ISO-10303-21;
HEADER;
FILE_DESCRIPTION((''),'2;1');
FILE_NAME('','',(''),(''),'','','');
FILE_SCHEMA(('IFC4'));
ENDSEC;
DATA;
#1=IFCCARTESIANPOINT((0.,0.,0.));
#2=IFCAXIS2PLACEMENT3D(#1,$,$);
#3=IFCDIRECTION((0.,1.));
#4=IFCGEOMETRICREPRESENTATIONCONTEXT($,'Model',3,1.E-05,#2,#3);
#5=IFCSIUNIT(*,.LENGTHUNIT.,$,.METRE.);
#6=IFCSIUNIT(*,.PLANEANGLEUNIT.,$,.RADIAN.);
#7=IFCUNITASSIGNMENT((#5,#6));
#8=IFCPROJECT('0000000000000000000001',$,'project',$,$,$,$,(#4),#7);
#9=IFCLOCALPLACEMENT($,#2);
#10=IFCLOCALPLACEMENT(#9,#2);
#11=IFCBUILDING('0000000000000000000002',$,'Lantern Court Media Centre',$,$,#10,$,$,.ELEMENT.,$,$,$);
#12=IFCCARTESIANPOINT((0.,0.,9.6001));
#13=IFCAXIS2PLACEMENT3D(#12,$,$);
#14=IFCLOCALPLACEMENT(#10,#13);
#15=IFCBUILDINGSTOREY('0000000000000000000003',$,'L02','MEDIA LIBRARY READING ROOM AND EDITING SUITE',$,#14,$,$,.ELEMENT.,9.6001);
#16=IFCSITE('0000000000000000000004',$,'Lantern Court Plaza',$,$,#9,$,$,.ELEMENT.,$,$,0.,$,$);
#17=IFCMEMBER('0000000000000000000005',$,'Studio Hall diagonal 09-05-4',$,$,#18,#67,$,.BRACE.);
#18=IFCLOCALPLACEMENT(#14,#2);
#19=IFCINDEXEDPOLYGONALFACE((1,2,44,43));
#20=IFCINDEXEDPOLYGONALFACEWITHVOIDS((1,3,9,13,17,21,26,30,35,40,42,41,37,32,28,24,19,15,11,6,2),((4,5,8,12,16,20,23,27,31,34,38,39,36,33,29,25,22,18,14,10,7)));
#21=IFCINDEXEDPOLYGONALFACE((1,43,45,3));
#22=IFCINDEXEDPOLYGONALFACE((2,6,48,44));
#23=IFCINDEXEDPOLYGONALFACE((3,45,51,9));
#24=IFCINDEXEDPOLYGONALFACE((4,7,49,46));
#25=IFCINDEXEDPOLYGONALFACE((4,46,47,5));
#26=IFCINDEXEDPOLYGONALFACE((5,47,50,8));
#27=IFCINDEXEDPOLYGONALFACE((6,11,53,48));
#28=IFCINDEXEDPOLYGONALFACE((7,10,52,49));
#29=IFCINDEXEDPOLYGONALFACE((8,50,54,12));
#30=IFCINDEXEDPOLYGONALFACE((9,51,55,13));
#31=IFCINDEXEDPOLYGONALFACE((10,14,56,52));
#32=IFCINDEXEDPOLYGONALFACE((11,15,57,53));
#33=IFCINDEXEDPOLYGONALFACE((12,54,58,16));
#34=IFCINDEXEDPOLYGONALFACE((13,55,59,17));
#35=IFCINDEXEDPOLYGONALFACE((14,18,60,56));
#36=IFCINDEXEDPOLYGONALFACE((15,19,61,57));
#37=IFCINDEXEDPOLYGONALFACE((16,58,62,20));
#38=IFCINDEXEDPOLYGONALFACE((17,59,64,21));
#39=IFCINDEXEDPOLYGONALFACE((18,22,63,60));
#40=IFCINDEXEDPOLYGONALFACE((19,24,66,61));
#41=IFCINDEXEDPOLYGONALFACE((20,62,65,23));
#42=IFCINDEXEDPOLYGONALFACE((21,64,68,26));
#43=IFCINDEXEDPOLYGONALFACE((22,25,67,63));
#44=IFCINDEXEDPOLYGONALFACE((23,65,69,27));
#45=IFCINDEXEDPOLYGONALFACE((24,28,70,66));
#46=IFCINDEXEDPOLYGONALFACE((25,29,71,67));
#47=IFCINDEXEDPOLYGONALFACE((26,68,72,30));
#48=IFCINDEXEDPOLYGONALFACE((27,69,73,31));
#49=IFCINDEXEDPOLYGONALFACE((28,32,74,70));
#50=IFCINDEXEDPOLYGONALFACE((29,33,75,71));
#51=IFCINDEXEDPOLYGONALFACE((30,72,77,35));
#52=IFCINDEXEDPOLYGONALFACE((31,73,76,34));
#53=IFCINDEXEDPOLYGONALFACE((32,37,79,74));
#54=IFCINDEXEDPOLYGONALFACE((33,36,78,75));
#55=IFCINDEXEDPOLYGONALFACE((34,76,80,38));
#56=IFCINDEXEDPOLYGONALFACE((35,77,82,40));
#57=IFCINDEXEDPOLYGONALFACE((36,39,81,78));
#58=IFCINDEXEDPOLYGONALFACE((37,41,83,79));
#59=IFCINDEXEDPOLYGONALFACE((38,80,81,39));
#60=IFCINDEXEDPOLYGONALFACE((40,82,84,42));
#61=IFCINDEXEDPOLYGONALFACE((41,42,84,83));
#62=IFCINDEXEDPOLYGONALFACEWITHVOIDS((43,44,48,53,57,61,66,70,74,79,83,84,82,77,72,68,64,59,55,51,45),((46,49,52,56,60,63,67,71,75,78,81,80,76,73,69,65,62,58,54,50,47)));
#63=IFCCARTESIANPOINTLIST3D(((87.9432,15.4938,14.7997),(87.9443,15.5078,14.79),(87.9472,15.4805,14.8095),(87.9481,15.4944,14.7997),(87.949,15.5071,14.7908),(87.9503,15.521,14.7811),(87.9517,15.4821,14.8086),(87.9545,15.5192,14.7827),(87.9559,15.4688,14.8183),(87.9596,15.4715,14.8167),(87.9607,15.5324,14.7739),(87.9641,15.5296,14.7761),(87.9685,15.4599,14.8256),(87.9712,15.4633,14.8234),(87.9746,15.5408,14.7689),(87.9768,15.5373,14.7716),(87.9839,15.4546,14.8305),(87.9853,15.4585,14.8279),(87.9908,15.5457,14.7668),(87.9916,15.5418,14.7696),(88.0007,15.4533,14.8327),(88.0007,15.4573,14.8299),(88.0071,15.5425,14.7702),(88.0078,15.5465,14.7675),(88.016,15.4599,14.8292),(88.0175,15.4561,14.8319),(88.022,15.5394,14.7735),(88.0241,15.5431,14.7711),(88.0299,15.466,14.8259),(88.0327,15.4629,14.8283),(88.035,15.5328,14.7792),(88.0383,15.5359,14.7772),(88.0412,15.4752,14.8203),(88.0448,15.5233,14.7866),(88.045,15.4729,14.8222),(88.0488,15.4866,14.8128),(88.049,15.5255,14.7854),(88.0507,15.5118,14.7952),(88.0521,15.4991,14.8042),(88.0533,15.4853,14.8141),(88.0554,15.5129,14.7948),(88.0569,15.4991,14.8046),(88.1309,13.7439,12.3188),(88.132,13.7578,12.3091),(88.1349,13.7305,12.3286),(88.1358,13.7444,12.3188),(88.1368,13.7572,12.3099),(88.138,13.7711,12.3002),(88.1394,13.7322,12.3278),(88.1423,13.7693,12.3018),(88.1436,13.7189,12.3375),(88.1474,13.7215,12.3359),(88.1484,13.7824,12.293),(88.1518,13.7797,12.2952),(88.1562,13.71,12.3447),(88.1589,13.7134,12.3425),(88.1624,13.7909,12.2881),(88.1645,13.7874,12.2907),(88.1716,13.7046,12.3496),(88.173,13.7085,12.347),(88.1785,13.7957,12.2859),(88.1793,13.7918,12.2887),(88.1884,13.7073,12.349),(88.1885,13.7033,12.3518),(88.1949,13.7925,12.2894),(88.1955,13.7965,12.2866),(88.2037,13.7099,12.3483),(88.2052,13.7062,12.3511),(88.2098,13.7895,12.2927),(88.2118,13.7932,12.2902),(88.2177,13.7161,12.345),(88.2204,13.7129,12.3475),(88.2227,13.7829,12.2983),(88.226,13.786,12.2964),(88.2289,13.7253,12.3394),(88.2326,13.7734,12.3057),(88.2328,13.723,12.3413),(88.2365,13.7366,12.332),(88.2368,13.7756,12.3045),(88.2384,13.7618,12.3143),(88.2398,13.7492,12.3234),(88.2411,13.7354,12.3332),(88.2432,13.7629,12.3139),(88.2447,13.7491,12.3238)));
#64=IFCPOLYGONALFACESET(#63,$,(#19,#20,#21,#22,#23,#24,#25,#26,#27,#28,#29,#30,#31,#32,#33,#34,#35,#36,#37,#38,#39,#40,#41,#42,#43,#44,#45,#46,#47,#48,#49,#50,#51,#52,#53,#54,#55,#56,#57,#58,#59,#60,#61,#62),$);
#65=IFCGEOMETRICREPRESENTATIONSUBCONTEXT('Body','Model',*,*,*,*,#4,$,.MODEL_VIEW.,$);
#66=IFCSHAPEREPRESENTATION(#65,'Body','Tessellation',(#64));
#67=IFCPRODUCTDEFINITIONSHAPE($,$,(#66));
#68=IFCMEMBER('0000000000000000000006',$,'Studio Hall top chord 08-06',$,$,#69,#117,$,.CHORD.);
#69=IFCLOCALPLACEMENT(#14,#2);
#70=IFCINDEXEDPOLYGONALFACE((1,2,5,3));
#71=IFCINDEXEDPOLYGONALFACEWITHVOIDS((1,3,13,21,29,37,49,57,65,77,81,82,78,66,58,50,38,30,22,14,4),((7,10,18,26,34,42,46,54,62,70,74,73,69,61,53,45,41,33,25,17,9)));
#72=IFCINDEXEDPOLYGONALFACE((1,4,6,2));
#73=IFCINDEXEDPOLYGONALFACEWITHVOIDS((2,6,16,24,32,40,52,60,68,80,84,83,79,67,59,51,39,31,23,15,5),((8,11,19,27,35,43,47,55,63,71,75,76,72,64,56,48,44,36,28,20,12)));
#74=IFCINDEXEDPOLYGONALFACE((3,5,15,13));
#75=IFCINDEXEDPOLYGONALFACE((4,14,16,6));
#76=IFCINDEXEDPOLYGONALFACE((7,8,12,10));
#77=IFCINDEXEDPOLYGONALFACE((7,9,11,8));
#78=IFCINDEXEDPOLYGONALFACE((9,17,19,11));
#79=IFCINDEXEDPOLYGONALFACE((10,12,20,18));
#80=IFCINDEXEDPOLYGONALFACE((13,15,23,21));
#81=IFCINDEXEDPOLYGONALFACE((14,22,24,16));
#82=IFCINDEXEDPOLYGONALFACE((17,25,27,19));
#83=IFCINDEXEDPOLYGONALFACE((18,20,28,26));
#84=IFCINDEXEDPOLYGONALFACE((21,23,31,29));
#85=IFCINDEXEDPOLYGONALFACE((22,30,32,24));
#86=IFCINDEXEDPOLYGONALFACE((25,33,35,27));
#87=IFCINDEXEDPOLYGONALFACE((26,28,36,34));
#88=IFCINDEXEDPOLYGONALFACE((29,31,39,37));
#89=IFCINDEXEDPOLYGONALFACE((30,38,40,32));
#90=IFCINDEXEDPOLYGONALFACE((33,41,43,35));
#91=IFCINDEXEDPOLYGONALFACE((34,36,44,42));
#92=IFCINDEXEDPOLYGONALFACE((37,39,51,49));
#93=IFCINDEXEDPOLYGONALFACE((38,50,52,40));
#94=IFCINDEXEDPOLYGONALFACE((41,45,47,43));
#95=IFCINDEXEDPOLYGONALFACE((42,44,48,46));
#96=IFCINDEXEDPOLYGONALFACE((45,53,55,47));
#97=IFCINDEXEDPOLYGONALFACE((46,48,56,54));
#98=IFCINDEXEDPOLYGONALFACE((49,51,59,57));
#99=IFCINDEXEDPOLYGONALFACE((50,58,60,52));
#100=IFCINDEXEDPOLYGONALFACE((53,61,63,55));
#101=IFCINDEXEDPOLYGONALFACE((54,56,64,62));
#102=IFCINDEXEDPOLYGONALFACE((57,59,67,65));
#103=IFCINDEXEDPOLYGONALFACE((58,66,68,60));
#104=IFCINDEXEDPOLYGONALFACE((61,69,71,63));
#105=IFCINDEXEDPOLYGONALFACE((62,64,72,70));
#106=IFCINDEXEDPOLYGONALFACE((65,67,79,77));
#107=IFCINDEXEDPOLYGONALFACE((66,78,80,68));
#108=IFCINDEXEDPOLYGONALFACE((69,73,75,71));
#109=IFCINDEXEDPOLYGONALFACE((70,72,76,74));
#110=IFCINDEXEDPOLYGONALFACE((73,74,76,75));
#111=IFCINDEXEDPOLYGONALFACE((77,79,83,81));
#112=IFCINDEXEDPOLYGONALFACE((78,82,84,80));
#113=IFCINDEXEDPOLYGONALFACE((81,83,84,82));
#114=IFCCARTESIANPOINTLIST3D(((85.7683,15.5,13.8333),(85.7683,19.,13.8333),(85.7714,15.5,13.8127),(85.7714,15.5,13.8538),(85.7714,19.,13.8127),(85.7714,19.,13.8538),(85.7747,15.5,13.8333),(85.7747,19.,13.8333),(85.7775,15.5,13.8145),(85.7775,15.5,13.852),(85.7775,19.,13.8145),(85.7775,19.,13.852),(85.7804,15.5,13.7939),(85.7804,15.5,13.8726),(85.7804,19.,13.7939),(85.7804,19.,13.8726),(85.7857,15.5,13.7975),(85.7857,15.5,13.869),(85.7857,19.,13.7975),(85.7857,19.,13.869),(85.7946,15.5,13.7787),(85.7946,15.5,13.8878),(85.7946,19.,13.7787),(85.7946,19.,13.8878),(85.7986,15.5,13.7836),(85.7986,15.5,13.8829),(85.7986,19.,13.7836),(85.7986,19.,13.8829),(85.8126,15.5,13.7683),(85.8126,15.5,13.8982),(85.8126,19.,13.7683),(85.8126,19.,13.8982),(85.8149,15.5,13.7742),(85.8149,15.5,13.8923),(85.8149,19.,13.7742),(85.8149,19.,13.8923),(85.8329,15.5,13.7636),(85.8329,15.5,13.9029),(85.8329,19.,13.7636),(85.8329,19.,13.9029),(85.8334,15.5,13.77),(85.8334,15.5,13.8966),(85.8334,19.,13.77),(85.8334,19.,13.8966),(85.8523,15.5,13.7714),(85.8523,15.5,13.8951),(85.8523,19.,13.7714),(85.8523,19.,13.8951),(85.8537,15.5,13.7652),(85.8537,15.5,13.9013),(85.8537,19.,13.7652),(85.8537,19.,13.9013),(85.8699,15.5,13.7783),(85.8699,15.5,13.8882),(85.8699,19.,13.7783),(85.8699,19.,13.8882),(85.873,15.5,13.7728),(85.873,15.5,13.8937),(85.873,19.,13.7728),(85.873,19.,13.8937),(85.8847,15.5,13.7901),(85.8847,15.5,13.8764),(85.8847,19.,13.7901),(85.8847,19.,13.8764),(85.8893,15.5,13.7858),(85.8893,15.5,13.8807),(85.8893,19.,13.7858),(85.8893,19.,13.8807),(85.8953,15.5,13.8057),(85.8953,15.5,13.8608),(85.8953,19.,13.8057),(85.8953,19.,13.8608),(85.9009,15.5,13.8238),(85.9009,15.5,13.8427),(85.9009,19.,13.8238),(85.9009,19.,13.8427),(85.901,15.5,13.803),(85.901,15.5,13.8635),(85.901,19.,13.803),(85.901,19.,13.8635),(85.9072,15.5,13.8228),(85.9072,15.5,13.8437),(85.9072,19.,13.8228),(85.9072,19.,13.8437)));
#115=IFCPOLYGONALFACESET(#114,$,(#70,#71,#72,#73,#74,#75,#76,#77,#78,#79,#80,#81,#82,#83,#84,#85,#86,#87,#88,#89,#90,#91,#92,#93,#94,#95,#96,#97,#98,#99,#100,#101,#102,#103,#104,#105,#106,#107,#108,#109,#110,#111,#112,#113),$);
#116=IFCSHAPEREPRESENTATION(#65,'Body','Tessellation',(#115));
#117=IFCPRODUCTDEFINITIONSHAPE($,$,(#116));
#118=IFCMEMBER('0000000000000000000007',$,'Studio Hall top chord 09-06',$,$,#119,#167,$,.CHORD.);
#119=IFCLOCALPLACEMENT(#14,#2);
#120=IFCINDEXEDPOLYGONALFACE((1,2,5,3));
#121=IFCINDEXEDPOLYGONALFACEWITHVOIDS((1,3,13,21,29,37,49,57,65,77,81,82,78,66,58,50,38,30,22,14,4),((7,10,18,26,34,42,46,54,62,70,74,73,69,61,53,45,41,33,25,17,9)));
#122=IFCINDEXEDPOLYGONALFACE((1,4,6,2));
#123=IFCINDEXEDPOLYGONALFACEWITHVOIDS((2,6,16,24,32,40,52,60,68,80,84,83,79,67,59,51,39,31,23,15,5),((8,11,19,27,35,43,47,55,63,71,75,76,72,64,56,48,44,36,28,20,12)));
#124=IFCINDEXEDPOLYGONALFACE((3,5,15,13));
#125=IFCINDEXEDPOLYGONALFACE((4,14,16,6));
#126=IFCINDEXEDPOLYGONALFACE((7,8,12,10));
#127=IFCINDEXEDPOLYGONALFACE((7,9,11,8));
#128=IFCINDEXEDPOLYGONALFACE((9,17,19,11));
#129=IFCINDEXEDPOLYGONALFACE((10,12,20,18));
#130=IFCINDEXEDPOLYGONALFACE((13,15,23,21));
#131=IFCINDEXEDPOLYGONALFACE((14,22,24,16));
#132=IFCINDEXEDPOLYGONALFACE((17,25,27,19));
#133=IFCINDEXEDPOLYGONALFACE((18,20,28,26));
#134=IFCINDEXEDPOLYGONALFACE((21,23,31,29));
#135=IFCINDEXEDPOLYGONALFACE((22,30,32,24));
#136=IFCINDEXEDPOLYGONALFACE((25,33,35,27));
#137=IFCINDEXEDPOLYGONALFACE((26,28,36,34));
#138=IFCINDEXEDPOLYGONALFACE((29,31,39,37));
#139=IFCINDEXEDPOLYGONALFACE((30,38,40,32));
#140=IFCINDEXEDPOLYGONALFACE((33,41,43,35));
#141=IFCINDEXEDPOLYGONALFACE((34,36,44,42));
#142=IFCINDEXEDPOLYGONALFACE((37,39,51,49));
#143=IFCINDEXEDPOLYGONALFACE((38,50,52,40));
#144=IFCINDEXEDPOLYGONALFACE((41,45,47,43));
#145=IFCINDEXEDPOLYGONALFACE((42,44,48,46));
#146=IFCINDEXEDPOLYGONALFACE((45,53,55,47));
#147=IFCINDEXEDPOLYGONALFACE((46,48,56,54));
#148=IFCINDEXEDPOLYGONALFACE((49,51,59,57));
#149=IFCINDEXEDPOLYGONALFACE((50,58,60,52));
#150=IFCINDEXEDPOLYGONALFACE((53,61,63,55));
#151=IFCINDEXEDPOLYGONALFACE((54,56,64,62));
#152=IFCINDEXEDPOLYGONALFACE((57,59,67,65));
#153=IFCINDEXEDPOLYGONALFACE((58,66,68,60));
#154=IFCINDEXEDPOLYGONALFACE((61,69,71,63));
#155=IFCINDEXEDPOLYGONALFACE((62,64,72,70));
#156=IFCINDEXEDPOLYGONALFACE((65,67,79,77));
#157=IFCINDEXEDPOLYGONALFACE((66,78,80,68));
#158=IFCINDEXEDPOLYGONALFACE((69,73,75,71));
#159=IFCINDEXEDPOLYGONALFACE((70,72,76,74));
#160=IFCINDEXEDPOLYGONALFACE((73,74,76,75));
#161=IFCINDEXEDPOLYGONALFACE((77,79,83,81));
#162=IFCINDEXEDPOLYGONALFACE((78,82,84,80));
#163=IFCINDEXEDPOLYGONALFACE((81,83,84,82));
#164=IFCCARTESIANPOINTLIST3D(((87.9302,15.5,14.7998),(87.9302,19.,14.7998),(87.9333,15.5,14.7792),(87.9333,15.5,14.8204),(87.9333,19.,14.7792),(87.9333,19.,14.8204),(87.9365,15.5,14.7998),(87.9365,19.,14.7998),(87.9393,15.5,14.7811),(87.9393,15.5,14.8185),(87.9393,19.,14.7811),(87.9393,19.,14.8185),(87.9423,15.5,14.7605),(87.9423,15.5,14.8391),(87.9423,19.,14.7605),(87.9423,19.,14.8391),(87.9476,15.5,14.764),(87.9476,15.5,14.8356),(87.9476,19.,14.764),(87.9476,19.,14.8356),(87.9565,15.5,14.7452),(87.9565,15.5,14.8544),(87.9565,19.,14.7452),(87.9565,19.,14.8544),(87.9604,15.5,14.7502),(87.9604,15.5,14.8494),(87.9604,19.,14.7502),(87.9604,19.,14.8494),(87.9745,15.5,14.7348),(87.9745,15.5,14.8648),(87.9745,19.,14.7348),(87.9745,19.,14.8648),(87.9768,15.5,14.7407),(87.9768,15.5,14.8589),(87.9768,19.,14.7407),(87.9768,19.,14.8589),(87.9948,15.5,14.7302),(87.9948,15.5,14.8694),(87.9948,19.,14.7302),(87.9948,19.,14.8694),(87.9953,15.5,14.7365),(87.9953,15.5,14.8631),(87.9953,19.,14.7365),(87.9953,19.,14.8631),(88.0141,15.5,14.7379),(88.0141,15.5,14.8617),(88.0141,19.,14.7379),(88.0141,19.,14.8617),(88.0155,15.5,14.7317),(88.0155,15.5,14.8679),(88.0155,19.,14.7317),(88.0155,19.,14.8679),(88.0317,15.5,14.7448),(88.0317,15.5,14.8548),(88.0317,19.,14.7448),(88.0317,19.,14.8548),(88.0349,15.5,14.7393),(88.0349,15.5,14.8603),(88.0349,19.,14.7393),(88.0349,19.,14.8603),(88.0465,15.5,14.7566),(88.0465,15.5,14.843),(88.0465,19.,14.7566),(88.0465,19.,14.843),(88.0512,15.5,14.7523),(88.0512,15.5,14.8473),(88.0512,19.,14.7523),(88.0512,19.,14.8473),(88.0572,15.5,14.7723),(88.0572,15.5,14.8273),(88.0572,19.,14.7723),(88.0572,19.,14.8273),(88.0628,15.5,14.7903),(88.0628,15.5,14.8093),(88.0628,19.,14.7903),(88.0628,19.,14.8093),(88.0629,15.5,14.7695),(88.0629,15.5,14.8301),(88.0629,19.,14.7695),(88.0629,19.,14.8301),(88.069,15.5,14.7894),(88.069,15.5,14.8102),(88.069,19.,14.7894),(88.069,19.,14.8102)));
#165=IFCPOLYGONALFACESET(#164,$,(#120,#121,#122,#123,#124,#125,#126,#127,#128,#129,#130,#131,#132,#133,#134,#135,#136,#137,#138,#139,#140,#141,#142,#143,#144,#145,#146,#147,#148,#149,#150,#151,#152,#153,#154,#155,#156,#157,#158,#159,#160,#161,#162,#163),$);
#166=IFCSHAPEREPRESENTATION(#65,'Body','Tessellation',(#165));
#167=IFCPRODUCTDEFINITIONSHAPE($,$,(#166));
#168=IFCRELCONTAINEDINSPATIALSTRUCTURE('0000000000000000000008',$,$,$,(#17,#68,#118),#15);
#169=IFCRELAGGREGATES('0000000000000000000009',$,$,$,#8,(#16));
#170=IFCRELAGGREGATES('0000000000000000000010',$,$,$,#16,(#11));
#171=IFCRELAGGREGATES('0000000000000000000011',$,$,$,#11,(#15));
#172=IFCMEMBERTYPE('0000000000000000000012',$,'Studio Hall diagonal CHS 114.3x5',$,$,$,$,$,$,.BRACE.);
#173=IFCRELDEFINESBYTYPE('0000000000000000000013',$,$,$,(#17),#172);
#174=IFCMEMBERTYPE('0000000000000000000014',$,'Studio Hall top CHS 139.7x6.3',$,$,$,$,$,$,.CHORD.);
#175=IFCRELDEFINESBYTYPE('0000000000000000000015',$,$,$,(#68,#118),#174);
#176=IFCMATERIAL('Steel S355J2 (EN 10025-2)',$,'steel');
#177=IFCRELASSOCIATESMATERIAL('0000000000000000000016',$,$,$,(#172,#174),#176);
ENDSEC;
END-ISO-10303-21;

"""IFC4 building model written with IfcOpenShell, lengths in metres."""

from ifc_helpers import new_model, si_unit, direction, frame, origin, origin_2d, place, context, subcontext, project, spatial, hollow_circle, extrude, material, material_profile, profile_set, type_object, element, save


model = new_model("IFC4")

# Units and contexts
model_context = context("Model", 3, precision=1e-05, world=origin(), true_north=direction((0.0, 1.0)))
body_context = subcontext(model_context, "Body", "Model", "MODEL_VIEW")
ifc_project = project(units=[si_unit("LENGTHUNIT", "METRE"), si_unit("PLANEANGLEUNIT", "RADIAN")], contexts=[model_context])

# Site, building, storey
site_placement = place(None, origin())
site = spatial("IfcSite", under=ifc_project, at=site_placement, Name="Lantern Court Plaza", CompositionType="ELEMENT", RefElevation=0.0)
building_placement = place(site_placement, origin())
building = spatial("IfcBuilding", under=site, at=building_placement, Name="Lantern Court Media Centre", CompositionType="ELEMENT")
storey_placement = place(building_placement, frame((0.0, 0.0, 9.6001)))
storey = spatial("IfcBuildingStorey", under=building, at=storey_placement, Name="L02", Description="MEDIA LIBRARY READING ROOM AND EDITING SUITE", CompositionType="ELEMENT", Elevation=9.6001)

# Members
ifc_material = material(Name="Steel S355J2 (EN 10025-2)", Category="steel")
ifc_material_profile_1 = material_profile(ifc_material, hollow_circle(Radius=0.0571, WallThickness=0.0049, at=origin_2d()), Name="Studio Hall diagonal CHS 114.3x5")
ifc_profile_set_1 = profile_set([ifc_material_profile_1], Name="Steel S355J2 (EN 10025-2)")
member_type_1 = type_object("IfcMemberType", Name="Studio Hall diagonal CHS 114.3x5", PredefinedType="BRACE", material=ifc_profile_set_1)
member_1_placement = place(storey_placement, frame((88.1877, 13.75, 12.3188), z_axis=(-0.06172, 0.575306, 0.815606), x_axis=(-0.994294, -0.10667, 0.0)))
element("IfcMember", 1, at=member_1_placement, inside=storey, type_object=member_type_1, Name="Studio Hall diagonal 09-05-4", PredefinedType="BRACE", context=body_context, shape_type="SweptSolid", body=[
    extrude(hollow_circle(Radius=0.0571, WallThickness=0.0049, at=origin_2d()), origin(), (0.0, 0.0, 1.0), 3.0417),
])
ifc_material_profile_2 = material_profile(ifc_material, hollow_circle(Radius=0.0698, WallThickness=0.0063, at=origin_2d()), Name="Studio Hall top CHS 139.7x6.3")
ifc_profile_set_2 = profile_set([ifc_material_profile_2], Name="Steel S355J2 (EN 10025-2)")
member_type_2 = type_object("IfcMemberType", Name="Studio Hall top CHS 139.7x6.3", PredefinedType="CHORD", material=ifc_profile_set_2)
for number, where, z_axis, x_axis, name in (
    (2, (85.8381, 15.5, 13.8333), (0.0, 1.0, 0.0), (-1.0, 0.0, 0.0), "Studio Hall top chord 08-06"),
    (3, (88.0, 15.5, 14.7998), (0.0, 1.0, 0.0), (-1.0, 0.0, 0.0), "Studio Hall top chord 09-06"),
):
    element("IfcMember", number, at=place(storey_placement, frame(where, z_axis=z_axis, x_axis=x_axis)), inside=storey, type_object=member_type_2, Name=name, PredefinedType="CHORD", context=body_context, shape_type="SweptSolid", body=[
        extrude(hollow_circle(Radius=0.0698, WallThickness=0.0063, at=origin_2d()), origin(), (0.0, 0.0, 1.0), 3.5),
    ])

save(model, "model.ifc")
